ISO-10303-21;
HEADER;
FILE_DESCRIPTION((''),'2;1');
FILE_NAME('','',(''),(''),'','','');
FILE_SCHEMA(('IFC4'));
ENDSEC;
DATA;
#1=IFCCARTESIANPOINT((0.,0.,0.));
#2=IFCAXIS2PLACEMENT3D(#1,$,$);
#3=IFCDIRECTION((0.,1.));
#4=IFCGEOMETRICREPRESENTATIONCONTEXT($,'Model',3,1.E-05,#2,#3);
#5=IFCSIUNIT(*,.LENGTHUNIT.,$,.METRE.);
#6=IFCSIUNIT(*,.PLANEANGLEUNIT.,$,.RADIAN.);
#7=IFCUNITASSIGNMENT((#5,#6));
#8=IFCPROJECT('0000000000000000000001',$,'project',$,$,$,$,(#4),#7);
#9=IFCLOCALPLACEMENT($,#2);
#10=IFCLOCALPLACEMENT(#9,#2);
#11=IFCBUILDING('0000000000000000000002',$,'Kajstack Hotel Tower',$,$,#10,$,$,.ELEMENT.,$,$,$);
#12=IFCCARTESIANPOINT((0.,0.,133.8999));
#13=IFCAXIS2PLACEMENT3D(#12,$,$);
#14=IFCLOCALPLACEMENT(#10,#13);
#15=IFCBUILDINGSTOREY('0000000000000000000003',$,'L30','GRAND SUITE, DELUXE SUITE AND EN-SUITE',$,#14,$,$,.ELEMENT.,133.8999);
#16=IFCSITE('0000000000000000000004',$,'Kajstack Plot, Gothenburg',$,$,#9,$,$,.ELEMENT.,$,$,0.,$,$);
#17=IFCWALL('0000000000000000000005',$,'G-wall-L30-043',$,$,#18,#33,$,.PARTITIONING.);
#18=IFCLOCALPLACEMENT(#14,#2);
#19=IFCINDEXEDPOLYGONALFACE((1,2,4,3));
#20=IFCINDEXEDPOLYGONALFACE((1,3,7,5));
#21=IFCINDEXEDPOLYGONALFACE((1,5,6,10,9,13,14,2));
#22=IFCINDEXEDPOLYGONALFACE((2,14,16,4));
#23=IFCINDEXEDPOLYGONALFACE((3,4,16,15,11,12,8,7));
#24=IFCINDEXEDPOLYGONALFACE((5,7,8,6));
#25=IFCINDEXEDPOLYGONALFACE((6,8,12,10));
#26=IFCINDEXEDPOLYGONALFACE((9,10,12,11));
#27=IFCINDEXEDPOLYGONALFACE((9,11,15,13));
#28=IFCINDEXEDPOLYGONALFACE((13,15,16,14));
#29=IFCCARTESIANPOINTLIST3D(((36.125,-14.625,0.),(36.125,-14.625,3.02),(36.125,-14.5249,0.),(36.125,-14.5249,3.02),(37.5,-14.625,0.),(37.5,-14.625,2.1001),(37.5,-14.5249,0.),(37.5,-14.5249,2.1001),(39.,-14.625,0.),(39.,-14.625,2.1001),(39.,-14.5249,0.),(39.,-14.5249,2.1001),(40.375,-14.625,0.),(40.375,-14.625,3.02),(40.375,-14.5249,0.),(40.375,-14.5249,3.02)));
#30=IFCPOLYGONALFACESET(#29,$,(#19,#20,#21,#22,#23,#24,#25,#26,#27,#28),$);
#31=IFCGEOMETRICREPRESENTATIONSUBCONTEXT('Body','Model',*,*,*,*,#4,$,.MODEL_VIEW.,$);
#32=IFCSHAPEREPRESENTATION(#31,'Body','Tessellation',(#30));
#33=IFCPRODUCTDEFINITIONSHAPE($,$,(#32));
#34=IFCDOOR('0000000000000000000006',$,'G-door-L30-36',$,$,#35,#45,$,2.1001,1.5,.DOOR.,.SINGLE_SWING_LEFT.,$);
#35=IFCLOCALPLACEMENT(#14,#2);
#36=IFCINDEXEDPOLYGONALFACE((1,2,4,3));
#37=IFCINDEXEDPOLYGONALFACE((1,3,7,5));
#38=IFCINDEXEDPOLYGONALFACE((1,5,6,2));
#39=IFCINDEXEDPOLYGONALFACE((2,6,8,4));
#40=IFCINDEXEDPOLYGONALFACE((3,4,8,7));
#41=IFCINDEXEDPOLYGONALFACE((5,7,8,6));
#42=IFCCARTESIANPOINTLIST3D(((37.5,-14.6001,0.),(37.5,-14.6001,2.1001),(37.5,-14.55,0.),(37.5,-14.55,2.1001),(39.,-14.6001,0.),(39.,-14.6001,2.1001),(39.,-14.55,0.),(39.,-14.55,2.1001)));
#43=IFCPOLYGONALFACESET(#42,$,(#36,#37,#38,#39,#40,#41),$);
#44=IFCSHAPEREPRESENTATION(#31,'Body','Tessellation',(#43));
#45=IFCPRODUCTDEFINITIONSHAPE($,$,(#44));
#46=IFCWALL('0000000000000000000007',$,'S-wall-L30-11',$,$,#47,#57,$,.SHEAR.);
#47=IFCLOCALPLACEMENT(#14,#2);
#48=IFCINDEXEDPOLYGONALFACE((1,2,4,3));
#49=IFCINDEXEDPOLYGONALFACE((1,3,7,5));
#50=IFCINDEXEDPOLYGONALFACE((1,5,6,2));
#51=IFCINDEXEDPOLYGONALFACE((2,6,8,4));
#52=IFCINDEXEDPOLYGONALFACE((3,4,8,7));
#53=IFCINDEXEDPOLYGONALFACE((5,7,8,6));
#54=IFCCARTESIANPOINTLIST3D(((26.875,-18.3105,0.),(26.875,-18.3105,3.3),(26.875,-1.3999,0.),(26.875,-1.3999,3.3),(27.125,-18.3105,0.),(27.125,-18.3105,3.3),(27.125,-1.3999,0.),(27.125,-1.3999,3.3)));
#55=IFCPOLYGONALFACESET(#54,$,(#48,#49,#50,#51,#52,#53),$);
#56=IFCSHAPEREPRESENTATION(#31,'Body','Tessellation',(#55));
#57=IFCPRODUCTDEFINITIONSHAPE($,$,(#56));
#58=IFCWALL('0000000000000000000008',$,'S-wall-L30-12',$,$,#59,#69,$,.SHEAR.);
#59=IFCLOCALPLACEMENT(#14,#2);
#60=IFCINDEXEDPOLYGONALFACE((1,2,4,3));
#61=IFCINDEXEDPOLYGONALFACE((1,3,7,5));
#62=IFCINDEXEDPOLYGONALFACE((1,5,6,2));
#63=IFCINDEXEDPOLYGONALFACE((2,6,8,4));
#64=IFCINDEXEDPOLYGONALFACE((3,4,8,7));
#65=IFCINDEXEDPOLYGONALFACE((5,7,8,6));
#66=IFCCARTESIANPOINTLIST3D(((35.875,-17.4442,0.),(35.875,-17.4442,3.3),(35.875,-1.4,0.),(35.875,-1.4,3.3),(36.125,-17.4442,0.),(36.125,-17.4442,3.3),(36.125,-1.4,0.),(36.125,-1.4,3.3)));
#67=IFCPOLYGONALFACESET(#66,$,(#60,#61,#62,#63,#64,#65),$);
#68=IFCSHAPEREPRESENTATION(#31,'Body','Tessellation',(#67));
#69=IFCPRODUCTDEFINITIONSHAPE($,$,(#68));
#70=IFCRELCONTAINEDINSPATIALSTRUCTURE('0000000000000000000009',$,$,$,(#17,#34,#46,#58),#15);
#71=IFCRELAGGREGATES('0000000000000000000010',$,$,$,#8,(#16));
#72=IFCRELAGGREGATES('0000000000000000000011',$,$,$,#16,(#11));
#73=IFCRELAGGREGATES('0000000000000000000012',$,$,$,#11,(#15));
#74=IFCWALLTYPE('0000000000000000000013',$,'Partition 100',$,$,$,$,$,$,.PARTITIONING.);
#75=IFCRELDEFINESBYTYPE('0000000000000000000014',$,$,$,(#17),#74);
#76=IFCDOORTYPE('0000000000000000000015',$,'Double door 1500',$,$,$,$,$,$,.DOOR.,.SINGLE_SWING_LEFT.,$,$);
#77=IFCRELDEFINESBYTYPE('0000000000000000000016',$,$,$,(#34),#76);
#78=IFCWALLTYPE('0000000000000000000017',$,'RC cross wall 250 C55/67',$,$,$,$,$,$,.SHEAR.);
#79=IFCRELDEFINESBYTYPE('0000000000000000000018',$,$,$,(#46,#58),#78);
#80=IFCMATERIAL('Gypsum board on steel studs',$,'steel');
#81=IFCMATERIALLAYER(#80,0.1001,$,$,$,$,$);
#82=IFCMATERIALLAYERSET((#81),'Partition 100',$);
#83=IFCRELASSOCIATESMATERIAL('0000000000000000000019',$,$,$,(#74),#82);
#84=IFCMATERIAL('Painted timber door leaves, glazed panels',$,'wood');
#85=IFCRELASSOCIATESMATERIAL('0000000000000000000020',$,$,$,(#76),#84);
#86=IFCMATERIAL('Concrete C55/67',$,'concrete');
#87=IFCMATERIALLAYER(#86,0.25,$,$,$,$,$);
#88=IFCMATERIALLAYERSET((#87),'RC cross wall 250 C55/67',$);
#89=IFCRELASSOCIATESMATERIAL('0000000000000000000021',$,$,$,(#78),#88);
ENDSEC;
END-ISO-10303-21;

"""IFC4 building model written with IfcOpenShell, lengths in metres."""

from ifc_helpers import new_model, si_unit, direction, frame, frame_2d, origin, place, context, subcontext, project, spatial, rectangle, extrude, material, layer, layer_set, type_object, element, fill, save


model = new_model("IFC4")

# Units and contexts
model_context = context("Model", 3, precision=1e-05, world=origin(), true_north=direction((0.0, 1.0)))
body_context = subcontext(model_context, "Body", "Model", "MODEL_VIEW")
ifc_project = project(units=[si_unit("LENGTHUNIT", "METRE"), si_unit("PLANEANGLEUNIT", "RADIAN")], contexts=[model_context])

# Site, building, storey
site_placement = place(None, origin())
site = spatial("IfcSite", under=ifc_project, at=site_placement, Name="Kajstack Plot, Gothenburg", CompositionType="ELEMENT", RefElevation=0.0)
building_placement = place(site_placement, origin())
building = spatial("IfcBuilding", under=site, at=building_placement, Name="Kajstack Hotel Tower", CompositionType="ELEMENT")
storey_placement = place(building_placement, frame((0.0, 0.0, 133.8999)))
storey = spatial("IfcBuildingStorey", under=building, at=storey_placement, Name="L30", Description="GRAND SUITE, DELUXE SUITE AND EN-SUITE", CompositionType="ELEMENT", Elevation=133.8999)

# Wall, opening, door
ifc_material_1 = material(Name="Gypsum board on steel studs", Category="steel")
ifc_layer_1 = layer(ifc_material_1, 0.1001)
ifc_layer_set_1 = layer_set([ifc_layer_1], Name="Partition 100")
wall_type_1 = type_object("IfcWallType", Name="Partition 100", PredefinedType="PARTITIONING", material=ifc_layer_set_1)
wall_1_placement = place(storey_placement, frame((36.125, -14.575, 0.0), z_axis=(0.0, 0.0, 1.0), x_axis=(1.0, 0.0, 0.0)))
wall_1 = element("IfcWall", 1, at=wall_1_placement, inside=storey, type_object=wall_type_1, Name="G-wall-L30-043", PredefinedType="PARTITIONING", context=body_context, shape_type="SweptSolid", body=[
    extrude(rectangle(XDim=4.25, YDim=0.1001, at=frame_2d((2.125, 0.0))), origin(), (0.0, 0.0, 1.0), 3.02),
])
opening_1_placement = place(wall_1_placement, frame((1.375, 0.0, 0.0)))
opening_1 = element("IfcOpeningElement", 2, at=opening_1_placement, cuts=wall_1, PredefinedType="OPENING", context=body_context, shape_type="SweptSolid", body=[
    extrude(rectangle(XDim=1.5, YDim=2.1001, at=frame_2d((0.75, 1.05))), frame((0.0, 0.0601, 0.0), z_axis=(0.0, -1.0, 0.0), x_axis=(1.0, 0.0, 0.0)), (0.0, 0.0, 1.0), 0.1201),
])
ifc_material_2 = material(Name="Painted timber door leaves, glazed panels", Category="wood")
door_type_1 = type_object("IfcDoorType", Name="Double door 1500", OperationType="SINGLE_SWING_LEFT", PredefinedType="DOOR", material=ifc_material_2)
door_1_placement = place(opening_1_placement, origin())
door_1 = element("IfcDoor", 3, at=door_1_placement, inside=storey, type_object=door_type_1, Name="G-door-L30-36", OperationType="SINGLE_SWING_LEFT", OverallHeight=2.1001, OverallWidth=1.5, PredefinedType="DOOR", context=body_context, shape_type="SweptSolid", body=[
    extrude(rectangle(XDim=1.5, YDim=2.1001, at=frame_2d((0.75, 1.05))), frame((0.0, 0.0249, 0.0), z_axis=(0.0, -1.0, 0.0), x_axis=(1.0, 0.0, 0.0)), (0.0, 0.0, 1.0), 0.05),
])
fill(opening_1, door_1)

# Walls
ifc_material_3 = material(Name="Concrete C55/67", Category="concrete")
ifc_layer_2 = layer(ifc_material_3, 0.25)
ifc_layer_set_2 = layer_set([ifc_layer_2], Name="RC cross wall 250 C55/67")
wall_type_2 = type_object("IfcWallType", Name="RC cross wall 250 C55/67", PredefinedType="SHEAR", material=ifc_layer_set_2)
wall_2_placement = place(storey_placement, frame((27.0, -18.3105, 0.0), z_axis=(0.0, 0.0, 1.0), x_axis=(0.0, 1.0, 0.0)))
element("IfcWall", 4, at=wall_2_placement, inside=storey, type_object=wall_type_2, Name="S-wall-L30-11", PredefinedType="SHEAR", context=body_context, shape_type="SweptSolid", body=[
    extrude(rectangle(XDim=16.9106, YDim=0.25, at=frame_2d((8.4553, 0.0))), origin(), (0.0, 0.0, 1.0), 3.3),
])
wall_3_placement = place(storey_placement, frame((36.0, -17.4441, 0.0), z_axis=(0.0, 0.0, 1.0), x_axis=(0.0, 1.0, 0.0)))
element("IfcWall", 5, at=wall_3_placement, inside=storey, type_object=wall_type_2, Name="S-wall-L30-12", PredefinedType="SHEAR", context=body_context, shape_type="SweptSolid", body=[
    extrude(rectangle(XDim=16.0442, YDim=0.25, at=frame_2d((8.022, 0.0))), origin(), (0.0, 0.0, 1.0), 3.3),
])

save(model, "model.ifc")
